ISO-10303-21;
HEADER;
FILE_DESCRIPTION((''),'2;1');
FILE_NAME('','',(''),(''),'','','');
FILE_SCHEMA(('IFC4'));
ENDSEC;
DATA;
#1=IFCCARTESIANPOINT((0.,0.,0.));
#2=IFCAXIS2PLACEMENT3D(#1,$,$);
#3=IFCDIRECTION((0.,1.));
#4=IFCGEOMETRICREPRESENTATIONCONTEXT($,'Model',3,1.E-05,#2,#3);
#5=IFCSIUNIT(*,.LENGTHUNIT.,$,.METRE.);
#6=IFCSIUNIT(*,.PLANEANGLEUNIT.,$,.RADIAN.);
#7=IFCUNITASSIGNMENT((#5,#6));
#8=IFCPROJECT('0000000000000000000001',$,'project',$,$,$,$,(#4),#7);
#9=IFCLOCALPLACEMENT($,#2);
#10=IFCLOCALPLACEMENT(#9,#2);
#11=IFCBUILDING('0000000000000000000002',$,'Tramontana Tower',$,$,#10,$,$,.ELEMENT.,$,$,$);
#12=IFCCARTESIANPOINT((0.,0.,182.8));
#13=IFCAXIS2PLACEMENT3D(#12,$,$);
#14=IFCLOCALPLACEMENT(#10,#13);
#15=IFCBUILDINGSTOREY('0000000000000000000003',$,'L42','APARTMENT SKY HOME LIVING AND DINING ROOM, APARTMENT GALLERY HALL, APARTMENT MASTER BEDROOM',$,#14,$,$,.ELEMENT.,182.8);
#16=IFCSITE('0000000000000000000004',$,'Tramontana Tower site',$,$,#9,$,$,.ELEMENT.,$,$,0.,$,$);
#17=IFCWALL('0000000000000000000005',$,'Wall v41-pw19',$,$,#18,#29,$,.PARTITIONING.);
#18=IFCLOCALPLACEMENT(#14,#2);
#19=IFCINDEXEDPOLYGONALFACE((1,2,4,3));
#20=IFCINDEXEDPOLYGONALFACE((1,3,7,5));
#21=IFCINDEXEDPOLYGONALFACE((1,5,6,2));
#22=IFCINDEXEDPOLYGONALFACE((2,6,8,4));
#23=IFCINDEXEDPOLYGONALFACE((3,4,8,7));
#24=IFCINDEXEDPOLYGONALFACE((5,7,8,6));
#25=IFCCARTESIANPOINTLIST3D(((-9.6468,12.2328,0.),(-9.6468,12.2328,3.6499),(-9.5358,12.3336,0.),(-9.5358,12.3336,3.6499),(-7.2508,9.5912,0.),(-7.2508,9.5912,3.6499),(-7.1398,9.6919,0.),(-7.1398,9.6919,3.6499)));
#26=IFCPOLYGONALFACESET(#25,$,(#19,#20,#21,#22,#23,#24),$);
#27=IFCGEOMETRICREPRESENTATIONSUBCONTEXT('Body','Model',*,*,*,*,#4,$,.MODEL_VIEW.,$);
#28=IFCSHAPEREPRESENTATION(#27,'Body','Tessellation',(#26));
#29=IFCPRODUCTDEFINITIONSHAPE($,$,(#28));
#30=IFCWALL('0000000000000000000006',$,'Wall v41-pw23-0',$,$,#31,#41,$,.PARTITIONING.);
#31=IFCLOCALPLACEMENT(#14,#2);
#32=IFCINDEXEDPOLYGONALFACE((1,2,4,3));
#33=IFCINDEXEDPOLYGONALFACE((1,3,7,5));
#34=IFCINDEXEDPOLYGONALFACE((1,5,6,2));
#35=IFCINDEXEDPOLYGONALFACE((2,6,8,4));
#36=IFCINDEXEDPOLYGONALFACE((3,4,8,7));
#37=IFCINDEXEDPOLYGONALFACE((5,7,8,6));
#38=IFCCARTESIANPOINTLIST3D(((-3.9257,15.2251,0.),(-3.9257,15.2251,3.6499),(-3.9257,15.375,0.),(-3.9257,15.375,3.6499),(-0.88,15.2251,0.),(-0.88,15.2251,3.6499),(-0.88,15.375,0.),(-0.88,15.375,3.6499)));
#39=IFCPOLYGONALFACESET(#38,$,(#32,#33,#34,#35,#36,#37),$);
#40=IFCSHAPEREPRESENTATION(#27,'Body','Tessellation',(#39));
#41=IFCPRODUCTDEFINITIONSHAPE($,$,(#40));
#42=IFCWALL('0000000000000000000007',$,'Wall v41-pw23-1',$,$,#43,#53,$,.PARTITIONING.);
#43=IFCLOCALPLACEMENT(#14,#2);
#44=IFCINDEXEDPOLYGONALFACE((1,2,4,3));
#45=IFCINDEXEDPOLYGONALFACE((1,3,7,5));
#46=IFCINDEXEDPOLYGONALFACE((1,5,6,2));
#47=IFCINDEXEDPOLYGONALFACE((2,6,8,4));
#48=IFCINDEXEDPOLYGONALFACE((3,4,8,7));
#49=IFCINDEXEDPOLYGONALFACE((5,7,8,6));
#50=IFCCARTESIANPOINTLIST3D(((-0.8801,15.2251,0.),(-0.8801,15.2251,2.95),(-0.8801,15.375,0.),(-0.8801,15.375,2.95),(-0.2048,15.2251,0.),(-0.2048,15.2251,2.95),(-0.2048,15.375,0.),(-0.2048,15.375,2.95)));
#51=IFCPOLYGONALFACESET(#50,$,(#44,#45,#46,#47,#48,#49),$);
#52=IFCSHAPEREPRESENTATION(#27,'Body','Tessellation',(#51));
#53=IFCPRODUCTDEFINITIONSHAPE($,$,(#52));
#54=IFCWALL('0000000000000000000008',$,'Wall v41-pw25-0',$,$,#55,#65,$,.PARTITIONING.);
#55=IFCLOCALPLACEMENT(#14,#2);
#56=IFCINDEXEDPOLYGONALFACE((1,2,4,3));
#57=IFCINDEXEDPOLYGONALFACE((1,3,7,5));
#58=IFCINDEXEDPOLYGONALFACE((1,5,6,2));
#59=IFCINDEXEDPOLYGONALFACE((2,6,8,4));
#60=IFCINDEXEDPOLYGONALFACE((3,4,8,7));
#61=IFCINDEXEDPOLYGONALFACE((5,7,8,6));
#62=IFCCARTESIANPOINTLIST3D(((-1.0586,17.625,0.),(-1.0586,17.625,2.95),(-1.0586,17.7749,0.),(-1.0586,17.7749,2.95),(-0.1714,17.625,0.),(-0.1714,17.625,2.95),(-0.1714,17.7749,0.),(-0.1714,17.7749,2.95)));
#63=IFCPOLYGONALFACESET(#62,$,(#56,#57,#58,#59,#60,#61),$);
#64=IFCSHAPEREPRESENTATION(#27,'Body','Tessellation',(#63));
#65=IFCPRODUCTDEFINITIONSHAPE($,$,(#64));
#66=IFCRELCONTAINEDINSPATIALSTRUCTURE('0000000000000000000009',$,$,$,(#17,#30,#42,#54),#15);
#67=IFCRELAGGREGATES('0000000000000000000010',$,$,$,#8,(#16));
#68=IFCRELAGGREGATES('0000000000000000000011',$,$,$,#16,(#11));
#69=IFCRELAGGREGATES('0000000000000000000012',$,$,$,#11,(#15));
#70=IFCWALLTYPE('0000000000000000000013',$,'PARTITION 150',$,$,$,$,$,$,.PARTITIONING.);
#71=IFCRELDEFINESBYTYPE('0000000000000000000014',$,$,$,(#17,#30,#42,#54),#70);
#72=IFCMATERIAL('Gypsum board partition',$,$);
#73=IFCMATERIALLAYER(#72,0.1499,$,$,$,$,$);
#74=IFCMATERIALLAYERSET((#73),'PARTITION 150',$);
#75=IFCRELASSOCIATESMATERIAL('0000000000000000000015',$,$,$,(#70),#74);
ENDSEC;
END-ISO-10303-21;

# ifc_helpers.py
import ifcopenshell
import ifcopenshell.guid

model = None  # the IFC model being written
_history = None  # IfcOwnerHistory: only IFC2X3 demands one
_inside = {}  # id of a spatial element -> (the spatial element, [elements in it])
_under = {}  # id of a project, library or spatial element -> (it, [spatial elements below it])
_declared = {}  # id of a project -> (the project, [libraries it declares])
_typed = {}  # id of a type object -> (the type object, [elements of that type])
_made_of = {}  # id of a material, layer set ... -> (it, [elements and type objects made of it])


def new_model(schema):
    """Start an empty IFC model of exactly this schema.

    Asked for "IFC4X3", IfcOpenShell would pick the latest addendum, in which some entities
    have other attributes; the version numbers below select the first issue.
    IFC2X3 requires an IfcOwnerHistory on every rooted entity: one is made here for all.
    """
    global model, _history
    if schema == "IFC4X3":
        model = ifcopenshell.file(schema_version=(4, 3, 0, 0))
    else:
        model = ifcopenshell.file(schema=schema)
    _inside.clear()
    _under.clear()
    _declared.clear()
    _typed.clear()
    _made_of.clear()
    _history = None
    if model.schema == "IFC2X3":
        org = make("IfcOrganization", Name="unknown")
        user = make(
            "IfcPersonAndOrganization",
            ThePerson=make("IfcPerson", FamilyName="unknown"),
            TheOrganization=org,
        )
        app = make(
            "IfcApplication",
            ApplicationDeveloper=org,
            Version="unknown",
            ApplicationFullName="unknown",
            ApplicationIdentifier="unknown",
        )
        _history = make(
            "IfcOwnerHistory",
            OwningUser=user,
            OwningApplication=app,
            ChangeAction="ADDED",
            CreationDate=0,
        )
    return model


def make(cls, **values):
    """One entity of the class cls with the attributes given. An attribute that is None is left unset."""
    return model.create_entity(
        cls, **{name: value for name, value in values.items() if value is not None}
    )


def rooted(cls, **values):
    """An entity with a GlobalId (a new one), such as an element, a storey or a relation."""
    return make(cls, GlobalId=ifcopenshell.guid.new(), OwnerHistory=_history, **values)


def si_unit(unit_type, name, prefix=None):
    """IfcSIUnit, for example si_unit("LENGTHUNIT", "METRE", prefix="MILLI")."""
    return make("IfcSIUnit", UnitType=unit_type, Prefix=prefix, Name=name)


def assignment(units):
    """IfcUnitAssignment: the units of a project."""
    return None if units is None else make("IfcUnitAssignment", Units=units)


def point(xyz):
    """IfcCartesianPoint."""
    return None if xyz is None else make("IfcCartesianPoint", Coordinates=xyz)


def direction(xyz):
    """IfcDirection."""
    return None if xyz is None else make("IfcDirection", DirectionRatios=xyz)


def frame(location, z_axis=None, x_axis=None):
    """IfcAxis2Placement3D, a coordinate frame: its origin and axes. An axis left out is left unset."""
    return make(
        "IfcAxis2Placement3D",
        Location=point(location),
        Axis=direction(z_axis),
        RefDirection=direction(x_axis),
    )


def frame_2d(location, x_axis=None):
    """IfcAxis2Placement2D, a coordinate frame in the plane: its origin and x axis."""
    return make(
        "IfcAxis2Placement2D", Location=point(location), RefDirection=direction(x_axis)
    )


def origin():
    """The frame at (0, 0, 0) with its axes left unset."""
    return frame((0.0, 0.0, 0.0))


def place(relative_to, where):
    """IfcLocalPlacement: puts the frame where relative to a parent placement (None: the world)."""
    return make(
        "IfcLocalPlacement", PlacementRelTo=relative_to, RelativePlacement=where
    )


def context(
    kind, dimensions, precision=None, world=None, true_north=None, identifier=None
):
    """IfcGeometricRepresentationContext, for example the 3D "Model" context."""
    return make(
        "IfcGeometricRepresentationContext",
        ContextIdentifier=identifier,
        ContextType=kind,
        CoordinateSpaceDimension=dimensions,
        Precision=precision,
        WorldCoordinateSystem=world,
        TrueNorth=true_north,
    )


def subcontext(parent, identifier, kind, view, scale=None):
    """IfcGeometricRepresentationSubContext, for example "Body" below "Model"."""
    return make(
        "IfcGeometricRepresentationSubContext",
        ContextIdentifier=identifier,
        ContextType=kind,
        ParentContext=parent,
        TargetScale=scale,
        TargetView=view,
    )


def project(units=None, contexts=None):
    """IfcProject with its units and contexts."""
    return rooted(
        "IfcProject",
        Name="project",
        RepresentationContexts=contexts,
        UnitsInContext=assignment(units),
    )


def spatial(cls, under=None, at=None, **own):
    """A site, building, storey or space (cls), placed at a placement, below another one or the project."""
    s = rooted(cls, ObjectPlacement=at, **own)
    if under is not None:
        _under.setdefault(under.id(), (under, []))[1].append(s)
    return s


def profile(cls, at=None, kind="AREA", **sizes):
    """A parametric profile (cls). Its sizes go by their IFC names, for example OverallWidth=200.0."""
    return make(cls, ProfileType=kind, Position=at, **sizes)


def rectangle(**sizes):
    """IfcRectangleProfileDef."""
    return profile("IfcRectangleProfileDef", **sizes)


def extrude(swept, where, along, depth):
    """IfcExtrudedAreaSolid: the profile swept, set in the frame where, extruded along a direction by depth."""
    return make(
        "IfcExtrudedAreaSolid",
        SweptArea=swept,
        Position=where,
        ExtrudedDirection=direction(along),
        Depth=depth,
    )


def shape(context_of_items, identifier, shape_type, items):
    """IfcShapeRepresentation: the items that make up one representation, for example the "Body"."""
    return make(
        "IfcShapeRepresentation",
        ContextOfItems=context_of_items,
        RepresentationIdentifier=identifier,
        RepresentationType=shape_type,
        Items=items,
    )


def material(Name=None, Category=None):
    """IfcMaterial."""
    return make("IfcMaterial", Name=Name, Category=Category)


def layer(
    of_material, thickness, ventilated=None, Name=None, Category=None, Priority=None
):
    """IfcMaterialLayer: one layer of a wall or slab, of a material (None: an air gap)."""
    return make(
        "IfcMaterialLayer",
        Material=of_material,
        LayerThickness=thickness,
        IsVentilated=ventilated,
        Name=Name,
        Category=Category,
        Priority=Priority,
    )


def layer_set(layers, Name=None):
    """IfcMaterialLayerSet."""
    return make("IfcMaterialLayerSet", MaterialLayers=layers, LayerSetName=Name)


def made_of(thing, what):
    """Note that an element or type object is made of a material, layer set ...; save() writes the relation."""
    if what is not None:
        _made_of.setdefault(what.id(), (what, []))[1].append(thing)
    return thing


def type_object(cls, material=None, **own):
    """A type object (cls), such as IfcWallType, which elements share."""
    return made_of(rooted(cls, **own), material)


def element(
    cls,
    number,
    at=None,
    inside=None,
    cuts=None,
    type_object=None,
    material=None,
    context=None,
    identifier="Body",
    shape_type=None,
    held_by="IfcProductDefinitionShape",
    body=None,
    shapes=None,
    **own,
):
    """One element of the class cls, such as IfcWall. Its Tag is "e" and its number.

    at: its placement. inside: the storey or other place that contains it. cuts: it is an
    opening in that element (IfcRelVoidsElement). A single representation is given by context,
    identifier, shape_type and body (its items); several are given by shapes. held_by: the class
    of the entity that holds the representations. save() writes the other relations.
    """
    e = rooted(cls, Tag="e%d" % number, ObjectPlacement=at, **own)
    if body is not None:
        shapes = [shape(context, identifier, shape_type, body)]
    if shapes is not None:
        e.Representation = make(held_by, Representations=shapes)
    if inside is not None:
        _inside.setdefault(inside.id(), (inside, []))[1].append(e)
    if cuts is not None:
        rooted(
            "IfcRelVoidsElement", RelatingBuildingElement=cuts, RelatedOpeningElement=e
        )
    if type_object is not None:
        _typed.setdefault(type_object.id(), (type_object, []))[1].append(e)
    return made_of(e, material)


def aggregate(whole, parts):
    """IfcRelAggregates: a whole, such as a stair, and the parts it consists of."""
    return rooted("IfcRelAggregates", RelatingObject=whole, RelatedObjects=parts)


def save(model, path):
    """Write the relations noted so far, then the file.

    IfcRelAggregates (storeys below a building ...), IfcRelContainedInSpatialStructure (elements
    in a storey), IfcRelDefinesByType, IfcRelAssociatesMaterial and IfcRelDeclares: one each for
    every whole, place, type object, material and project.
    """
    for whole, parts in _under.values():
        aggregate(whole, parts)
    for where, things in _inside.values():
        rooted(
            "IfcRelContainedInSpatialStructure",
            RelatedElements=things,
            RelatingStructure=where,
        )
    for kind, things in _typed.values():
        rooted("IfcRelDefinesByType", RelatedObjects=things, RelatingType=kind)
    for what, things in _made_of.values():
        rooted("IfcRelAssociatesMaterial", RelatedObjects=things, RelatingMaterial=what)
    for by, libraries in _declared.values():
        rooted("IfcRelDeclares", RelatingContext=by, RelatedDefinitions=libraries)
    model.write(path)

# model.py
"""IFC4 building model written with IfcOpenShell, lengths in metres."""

from ifc_helpers import new_model, si_unit, direction, frame, frame_2d, origin, place, context, subcontext, project, spatial, rectangle, extrude, material, layer, layer_set, type_object, element, save


model = new_model("IFC4")

# Units and contexts
model_context = context("Model", 3, precision=1e-05, world=origin(), true_north=direction((0.0, 1.0)))
body_context = subcontext(model_context, "Body", "Model", "MODEL_VIEW")
ifc_project = project(units=[si_unit("LENGTHUNIT", "METRE"), si_unit("PLANEANGLEUNIT", "RADIAN")], contexts=[model_context])

# Site, building, storey
site_placement = place(None, origin())
site = spatial("IfcSite", under=ifc_project, at=site_placement, Name="Tramontana Tower site", CompositionType="ELEMENT", RefElevation=0.0)
building_placement = place(site_placement, origin())
building = spatial("IfcBuilding", under=site, at=building_placement, Name="Tramontana Tower", CompositionType="ELEMENT")
storey_placement = place(building_placement, frame((0.0, 0.0, 182.8)))
storey = spatial("IfcBuildingStorey", under=building, at=storey_placement, Name="L42", Description="APARTMENT SKY HOME LIVING AND DINING ROOM, APARTMENT GALLERY HALL, APARTMENT MASTER BEDROOM", CompositionType="ELEMENT", Elevation=182.8)

# Shared definitions
ifc_material_1 = material(Name="Gypsum board partition")
ifc_layer_1 = layer(ifc_material_1, 0.1499)
ifc_layer_set_1 = layer_set([ifc_layer_1], Name="PARTITION 150")
wall_type_1 = type_object("IfcWallType", Name="PARTITION 150", PredefinedType="PARTITIONING", material=ifc_layer_set_1)

# Walls
wall_1_placement = place(storey_placement, frame((-9.5913, 12.2832, 0.0), z_axis=(0.0, 0.0, 1.0), x_axis=(0.671834, -0.740702, 0.0)))
element("IfcWall", 1, at=wall_1_placement, inside=storey, type_object=wall_type_1, Name="Wall v41-pw19", PredefinedType="PARTITIONING", context=body_context, shape_type="SweptSolid", body=[
    extrude(rectangle(XDim=3.5664, YDim=0.1499, at=frame_2d((1.7832, 0.0))), origin(), (0.0, 0.0, 1.0), 3.6499),
])
wall_2_placement = place(storey_placement, frame((-3.9258, 15.3, 0.0), z_axis=(0.0, 0.0, 1.0), x_axis=(1.0, 0.0, 0.0)))
element("IfcWall", 2, at=wall_2_placement, inside=storey, type_object=wall_type_1, Name="Wall v41-pw23-0", PredefinedType="PARTITIONING", context=body_context, shape_type="SweptSolid", body=[
    extrude(rectangle(XDim=3.0457, YDim=0.1499, at=frame_2d((1.5229, 0.0))), origin(), (0.0, 0.0, 1.0), 3.6499),
])
wall_3_placement = place(storey_placement, frame((-0.8801, 15.3, 0.0), z_axis=(0.0, 0.0, 1.0), x_axis=(1.0, 0.0, 0.0)))
element("IfcWall", 3, at=wall_3_placement, inside=storey, type_object=wall_type_1, Name="Wall v41-pw23-1", PredefinedType="PARTITIONING", context=body_context, shape_type="SweptSolid", body=[
    extrude(rectangle(XDim=0.6753, YDim=0.1499, at=frame_2d((0.3376, 0.0))), origin(), (0.0, 0.0, 1.0), 2.95),
])
wall_4_placement = place(storey_placement, frame((-1.0586, 17.7, 0.0), z_axis=(0.0, 0.0, 1.0), x_axis=(1.0, 0.0, 0.0)))
element("IfcWall", 4, at=wall_4_placement, inside=storey, type_object=wall_type_1, Name="Wall v41-pw25-0", PredefinedType="PARTITIONING", context=body_context, shape_type="SweptSolid", body=[
    extrude(rectangle(XDim=0.8872, YDim=0.1499, at=frame_2d((0.4436, 0.0))), origin(), (0.0, 0.0, 1.0), 2.95),
])

save(model, "model.ifc")
